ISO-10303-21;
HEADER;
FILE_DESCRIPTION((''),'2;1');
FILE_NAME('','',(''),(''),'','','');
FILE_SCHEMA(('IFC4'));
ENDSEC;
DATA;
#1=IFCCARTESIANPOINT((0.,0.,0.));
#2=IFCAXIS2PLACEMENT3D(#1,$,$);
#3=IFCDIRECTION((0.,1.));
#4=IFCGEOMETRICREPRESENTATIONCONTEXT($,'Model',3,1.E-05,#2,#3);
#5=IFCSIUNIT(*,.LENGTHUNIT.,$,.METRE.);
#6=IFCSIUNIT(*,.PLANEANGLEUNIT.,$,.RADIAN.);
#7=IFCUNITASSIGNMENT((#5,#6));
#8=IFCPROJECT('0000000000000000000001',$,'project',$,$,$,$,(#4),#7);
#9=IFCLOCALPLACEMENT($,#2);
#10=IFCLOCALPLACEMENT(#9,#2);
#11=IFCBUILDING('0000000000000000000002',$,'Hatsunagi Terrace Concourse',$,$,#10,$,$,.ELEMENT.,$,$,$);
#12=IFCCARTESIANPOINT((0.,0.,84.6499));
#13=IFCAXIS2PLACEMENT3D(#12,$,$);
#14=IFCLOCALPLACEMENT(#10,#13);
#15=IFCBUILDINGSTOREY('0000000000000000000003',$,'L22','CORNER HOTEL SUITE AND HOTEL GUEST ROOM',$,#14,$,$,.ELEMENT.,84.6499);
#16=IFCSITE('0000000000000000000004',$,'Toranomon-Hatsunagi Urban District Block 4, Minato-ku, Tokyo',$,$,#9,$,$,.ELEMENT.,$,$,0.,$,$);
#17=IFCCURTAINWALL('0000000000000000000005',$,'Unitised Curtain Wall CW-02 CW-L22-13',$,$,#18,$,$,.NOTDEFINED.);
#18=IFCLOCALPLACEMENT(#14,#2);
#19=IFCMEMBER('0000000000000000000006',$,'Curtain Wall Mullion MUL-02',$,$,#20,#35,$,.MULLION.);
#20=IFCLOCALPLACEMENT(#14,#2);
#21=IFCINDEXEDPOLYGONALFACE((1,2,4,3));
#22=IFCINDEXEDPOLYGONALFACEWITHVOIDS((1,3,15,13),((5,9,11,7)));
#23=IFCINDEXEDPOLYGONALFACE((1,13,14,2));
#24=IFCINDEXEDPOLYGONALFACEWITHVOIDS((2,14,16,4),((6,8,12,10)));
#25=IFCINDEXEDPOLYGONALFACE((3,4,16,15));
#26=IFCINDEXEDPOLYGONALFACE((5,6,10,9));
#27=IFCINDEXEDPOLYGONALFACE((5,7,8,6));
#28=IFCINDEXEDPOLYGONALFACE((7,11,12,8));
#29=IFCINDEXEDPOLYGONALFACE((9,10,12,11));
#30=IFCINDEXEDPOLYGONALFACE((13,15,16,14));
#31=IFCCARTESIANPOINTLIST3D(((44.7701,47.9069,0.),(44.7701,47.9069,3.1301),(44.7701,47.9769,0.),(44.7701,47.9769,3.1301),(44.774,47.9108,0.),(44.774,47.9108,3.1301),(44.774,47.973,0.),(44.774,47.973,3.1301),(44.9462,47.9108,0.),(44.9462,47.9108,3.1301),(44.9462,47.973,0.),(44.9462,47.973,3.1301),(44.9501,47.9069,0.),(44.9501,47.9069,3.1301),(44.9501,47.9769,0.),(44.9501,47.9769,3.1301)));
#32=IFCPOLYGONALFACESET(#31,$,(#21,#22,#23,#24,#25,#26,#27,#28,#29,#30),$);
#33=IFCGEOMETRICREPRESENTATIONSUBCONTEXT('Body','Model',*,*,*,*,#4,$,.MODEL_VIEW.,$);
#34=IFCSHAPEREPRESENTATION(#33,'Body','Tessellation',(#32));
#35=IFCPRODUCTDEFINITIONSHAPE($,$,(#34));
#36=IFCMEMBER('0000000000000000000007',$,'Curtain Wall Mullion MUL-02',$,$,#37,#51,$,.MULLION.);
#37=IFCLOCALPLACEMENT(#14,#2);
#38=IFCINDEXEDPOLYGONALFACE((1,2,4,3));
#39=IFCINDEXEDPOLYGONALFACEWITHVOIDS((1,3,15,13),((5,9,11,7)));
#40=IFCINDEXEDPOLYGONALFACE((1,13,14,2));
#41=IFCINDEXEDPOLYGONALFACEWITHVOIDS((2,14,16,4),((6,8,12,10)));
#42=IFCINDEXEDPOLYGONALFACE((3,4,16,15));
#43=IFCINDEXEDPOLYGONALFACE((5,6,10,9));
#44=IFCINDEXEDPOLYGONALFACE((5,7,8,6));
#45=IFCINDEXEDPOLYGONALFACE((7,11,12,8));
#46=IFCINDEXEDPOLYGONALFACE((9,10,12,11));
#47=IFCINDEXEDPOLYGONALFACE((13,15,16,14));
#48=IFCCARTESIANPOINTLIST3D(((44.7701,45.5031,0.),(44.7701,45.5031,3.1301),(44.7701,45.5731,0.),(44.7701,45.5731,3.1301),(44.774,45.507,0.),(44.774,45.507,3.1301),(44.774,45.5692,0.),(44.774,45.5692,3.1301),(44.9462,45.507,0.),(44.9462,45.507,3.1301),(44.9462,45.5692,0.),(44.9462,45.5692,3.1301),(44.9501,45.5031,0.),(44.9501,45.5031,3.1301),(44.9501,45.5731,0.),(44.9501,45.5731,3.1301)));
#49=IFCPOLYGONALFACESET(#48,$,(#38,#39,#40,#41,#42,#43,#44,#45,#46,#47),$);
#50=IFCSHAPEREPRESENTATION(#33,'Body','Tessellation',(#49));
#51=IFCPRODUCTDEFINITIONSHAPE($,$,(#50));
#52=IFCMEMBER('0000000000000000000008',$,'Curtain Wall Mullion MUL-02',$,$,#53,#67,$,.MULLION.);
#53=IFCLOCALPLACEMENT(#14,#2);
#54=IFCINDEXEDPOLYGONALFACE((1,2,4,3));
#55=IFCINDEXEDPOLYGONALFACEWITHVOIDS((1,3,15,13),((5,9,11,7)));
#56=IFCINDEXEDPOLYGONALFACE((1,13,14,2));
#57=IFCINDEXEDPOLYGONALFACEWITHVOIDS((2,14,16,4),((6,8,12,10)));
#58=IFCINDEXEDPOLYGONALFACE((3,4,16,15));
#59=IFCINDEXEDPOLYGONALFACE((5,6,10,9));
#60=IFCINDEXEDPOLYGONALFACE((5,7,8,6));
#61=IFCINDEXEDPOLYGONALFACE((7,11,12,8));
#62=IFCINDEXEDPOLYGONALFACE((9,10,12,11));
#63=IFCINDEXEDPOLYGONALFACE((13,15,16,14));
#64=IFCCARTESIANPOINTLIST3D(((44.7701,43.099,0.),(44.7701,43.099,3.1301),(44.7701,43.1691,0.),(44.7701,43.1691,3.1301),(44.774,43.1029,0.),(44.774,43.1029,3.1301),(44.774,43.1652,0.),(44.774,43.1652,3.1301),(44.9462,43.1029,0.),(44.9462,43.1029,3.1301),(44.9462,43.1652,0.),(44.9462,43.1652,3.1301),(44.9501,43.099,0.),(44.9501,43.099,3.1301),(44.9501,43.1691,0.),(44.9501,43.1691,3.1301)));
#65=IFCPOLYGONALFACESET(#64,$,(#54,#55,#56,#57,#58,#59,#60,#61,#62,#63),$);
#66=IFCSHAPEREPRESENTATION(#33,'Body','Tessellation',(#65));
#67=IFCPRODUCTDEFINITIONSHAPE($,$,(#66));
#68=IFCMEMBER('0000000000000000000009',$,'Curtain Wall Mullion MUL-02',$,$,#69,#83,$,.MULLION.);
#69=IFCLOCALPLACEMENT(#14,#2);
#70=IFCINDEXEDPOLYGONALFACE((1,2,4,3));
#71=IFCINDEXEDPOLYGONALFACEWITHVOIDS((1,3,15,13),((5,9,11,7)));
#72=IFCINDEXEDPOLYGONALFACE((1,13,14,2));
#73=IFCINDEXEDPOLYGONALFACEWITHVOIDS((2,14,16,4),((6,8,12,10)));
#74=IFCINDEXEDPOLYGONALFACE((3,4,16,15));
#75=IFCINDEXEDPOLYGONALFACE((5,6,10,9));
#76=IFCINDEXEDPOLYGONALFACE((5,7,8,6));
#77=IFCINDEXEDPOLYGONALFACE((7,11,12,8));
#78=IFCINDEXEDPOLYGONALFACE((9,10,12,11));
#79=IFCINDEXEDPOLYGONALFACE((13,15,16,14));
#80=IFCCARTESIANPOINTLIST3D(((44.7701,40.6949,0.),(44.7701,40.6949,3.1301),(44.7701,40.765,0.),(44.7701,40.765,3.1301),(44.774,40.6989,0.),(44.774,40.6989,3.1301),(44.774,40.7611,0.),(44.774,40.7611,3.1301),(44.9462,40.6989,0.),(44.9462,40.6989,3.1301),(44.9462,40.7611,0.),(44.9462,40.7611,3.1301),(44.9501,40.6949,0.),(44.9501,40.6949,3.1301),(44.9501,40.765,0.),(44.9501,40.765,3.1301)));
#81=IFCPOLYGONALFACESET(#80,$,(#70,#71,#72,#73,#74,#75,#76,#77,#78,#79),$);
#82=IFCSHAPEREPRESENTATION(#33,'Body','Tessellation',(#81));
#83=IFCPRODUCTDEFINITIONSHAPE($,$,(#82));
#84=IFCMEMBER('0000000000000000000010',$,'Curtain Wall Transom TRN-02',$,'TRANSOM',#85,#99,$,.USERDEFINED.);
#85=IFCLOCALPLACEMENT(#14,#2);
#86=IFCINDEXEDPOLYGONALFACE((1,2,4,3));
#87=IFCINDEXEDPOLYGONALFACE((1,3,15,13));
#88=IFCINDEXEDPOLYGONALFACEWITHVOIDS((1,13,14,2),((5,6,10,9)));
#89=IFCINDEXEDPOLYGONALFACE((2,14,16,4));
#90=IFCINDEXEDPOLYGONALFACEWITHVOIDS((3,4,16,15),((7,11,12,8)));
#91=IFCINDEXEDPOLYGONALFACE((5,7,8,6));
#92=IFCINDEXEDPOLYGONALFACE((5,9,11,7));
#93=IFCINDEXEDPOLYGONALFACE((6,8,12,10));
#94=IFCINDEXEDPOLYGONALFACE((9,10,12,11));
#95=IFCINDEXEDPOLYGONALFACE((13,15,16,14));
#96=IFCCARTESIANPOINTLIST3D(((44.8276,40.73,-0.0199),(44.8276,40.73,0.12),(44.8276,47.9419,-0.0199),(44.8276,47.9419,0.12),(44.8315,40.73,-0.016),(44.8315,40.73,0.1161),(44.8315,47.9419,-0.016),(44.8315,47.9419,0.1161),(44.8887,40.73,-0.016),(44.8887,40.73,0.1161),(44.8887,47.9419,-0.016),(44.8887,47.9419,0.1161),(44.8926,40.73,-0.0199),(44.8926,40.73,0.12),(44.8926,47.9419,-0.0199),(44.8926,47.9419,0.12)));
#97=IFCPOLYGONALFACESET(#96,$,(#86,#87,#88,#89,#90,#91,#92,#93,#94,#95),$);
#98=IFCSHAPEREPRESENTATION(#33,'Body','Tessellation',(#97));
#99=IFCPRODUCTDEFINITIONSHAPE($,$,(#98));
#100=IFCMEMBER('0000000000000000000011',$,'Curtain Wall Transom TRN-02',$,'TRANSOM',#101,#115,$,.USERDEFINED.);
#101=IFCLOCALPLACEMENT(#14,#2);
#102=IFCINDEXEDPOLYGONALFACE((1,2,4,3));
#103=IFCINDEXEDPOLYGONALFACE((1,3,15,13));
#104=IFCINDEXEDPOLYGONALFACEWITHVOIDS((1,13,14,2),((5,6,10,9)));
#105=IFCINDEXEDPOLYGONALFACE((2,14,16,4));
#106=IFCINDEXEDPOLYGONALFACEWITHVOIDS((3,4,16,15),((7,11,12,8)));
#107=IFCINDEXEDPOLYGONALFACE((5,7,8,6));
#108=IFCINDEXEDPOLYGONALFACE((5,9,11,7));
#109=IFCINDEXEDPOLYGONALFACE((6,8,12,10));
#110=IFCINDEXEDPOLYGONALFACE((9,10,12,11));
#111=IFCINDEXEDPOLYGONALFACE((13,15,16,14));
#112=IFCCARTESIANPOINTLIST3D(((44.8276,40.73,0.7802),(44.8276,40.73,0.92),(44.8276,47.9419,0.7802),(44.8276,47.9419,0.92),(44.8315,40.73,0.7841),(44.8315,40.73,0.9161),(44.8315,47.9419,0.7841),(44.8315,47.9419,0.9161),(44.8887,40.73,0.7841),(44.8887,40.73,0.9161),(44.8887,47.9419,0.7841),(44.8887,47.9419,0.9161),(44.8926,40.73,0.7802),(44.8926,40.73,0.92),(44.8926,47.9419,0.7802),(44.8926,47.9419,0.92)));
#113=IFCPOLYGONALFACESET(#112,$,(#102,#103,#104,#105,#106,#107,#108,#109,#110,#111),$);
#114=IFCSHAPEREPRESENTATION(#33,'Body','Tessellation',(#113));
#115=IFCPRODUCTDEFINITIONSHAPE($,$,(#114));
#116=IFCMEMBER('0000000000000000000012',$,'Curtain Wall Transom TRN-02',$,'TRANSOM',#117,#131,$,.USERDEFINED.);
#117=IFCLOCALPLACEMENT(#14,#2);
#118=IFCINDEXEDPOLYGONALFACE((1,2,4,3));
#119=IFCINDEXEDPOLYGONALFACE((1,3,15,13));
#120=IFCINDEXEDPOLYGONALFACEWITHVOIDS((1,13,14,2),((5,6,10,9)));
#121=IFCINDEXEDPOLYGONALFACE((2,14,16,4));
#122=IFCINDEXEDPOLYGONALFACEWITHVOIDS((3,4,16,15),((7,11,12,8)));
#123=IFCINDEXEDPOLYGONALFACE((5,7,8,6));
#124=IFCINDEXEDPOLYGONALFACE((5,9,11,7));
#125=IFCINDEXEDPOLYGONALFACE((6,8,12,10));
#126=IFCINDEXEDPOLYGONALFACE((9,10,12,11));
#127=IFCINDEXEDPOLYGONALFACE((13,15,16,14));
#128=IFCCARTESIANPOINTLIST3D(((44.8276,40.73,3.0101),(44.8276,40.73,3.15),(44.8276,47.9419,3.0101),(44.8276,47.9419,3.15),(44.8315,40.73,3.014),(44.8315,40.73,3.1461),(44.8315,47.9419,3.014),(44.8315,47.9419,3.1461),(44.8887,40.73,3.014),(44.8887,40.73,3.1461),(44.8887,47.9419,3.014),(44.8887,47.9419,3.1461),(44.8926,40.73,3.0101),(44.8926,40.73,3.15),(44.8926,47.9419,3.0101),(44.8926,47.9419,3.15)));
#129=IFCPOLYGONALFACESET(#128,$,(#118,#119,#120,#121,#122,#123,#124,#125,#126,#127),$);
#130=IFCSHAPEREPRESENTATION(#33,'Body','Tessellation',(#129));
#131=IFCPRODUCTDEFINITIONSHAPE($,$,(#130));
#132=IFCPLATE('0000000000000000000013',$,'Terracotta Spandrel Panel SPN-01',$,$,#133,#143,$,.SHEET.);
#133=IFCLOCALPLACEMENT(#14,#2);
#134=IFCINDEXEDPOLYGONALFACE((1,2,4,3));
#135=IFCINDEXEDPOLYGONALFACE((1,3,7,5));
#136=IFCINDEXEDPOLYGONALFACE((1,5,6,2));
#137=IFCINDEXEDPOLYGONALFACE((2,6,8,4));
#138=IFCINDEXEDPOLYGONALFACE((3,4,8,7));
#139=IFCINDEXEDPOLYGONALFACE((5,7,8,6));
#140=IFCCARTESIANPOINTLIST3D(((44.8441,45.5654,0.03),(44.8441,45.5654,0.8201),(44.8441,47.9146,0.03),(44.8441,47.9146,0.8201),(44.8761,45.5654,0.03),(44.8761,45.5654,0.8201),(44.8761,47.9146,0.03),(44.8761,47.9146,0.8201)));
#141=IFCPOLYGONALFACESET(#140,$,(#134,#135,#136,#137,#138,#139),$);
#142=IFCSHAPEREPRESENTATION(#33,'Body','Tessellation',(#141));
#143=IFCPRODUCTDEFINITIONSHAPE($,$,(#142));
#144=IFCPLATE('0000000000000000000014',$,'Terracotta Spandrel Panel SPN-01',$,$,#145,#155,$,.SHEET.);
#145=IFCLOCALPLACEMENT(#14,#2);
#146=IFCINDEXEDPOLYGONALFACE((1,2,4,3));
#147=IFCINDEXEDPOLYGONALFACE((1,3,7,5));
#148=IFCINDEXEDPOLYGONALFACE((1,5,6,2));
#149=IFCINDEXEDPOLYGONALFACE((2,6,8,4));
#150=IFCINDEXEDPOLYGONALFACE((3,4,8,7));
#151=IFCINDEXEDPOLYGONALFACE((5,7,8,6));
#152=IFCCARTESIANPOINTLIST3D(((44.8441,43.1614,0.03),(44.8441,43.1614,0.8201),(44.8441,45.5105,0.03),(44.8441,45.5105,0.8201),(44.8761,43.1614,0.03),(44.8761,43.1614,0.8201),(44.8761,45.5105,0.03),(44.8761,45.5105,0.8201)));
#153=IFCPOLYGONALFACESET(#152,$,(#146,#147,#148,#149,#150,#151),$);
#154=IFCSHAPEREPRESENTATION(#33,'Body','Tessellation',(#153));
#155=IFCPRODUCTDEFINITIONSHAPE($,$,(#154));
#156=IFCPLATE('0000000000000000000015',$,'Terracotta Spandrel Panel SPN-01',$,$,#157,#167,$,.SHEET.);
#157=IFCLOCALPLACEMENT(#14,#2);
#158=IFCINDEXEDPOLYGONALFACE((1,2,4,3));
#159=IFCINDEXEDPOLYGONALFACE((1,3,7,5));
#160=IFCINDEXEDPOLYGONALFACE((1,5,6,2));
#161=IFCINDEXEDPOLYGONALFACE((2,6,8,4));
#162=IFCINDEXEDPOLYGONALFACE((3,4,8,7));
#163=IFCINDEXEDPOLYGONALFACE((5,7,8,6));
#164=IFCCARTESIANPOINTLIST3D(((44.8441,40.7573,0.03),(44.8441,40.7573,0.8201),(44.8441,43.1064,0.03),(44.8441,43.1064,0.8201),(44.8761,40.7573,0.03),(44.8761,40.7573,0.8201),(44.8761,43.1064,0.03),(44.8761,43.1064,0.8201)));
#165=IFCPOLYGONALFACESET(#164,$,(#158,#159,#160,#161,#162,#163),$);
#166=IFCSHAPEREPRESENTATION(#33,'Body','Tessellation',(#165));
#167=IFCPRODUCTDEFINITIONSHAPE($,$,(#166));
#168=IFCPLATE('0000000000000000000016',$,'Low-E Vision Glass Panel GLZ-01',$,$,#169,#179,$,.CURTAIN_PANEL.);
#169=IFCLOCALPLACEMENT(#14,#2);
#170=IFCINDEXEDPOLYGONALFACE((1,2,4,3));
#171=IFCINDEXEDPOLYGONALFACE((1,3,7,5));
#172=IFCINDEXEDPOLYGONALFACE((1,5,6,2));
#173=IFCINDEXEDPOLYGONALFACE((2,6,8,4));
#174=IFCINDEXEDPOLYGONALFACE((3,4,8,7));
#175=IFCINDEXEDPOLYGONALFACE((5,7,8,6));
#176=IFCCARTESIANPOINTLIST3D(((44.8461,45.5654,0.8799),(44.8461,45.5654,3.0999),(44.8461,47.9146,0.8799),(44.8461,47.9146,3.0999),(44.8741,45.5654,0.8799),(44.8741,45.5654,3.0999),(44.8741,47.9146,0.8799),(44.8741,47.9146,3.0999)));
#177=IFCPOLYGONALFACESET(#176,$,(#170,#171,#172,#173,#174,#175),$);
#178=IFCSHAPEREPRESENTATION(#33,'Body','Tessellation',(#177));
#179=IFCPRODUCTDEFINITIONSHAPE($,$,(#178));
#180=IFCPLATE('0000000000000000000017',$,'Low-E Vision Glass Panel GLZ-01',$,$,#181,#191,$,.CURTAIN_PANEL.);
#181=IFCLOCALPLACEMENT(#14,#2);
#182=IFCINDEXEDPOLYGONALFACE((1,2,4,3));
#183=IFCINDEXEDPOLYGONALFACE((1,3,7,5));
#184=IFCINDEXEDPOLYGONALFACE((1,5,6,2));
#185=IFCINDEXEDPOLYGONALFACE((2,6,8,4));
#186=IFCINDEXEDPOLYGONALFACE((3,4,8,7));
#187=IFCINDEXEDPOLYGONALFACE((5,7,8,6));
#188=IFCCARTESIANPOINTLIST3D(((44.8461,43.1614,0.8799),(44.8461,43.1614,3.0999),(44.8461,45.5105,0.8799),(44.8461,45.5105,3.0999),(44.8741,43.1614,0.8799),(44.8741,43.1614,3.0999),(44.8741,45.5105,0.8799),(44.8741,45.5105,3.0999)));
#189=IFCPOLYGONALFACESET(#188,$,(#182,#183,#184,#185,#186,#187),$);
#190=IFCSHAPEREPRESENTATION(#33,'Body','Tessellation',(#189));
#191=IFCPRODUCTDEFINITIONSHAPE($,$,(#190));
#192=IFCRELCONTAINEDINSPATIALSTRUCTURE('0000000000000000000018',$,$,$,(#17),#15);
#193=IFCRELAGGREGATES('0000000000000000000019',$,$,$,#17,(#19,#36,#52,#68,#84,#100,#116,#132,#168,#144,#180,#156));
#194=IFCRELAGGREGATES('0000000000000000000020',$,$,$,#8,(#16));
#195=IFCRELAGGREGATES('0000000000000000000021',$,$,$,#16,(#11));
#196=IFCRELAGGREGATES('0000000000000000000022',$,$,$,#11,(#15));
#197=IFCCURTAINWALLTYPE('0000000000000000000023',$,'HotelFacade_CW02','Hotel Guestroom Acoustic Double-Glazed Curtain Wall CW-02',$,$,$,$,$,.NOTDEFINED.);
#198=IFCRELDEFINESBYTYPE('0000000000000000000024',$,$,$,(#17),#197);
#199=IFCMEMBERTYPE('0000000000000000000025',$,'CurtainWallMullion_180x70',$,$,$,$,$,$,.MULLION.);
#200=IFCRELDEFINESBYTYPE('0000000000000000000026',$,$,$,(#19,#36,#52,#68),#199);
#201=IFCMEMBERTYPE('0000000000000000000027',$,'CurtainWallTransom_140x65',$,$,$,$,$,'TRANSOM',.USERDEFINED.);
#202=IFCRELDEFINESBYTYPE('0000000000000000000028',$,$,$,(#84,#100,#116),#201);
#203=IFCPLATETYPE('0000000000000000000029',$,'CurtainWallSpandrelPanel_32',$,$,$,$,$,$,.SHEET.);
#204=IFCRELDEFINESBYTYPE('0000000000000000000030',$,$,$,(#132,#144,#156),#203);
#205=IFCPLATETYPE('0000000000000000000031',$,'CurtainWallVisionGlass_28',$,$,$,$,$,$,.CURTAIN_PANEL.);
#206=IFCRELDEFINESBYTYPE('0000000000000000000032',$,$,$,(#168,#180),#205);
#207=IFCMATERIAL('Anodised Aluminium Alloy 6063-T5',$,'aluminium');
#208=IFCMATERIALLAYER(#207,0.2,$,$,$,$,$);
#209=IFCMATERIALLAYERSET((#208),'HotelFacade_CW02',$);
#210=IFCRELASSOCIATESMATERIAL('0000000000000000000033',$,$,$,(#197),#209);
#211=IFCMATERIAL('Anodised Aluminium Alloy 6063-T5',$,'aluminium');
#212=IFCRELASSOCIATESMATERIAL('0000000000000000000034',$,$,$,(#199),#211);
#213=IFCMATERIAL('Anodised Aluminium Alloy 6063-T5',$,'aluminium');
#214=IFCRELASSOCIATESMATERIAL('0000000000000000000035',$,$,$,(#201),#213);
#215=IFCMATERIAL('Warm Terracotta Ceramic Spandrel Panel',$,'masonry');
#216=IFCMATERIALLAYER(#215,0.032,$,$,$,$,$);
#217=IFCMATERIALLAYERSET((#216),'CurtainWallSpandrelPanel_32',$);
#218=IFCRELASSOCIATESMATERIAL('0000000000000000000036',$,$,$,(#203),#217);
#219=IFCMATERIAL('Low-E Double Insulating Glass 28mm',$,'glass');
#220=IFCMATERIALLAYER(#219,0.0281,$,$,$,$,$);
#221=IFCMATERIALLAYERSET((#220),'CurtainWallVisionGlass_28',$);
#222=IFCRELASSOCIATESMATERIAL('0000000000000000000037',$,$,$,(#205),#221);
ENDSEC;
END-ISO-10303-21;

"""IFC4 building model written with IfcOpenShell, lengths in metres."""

from ifc_helpers import new_model, si_unit, direction, frame, origin, origin_2d, place, context, subcontext, project, spatial, rectangle, hollow_rectangle, extrude, material, layer, layer_set, material_profile, profile_set, type_object, element, aggregate, save


model = new_model("IFC4")

# Units and contexts
model_context = context("Model", 3, precision=1e-05, world=origin(), true_north=direction((0.0, 1.0)))
body_context = subcontext(model_context, "Body", "Model", "MODEL_VIEW")
ifc_project = project(units=[si_unit("LENGTHUNIT", "METRE"), si_unit("PLANEANGLEUNIT", "RADIAN")], contexts=[model_context])

# Site, building, storey
site_placement = place(None, origin())
site = spatial("IfcSite", under=ifc_project, at=site_placement, Name="Toranomon-Hatsunagi Urban District Block 4, Minato-ku, Tokyo", CompositionType="ELEMENT", RefElevation=0.0)
building_placement = place(site_placement, origin())
building = spatial("IfcBuilding", under=site, at=building_placement, Name="Hatsunagi Terrace Concourse", CompositionType="ELEMENT")
storey_placement = place(building_placement, frame((0.0, 0.0, 84.6499)))
storey = spatial("IfcBuildingStorey", under=building, at=storey_placement, Name="L22", Description="CORNER HOTEL SUITE AND HOTEL GUEST ROOM", CompositionType="ELEMENT", Elevation=84.6499)

# Curtain wall, members, plates
ifc_material_1 = material(Name="Anodised Aluminium Alloy 6063-T5", Category="aluminium")
ifc_layer_1 = layer(ifc_material_1, 0.2)
ifc_layer_set_1 = layer_set([ifc_layer_1], Name="HotelFacade_CW02")
curtain_wall_type = type_object("IfcCurtainWallType", Name="HotelFacade_CW02", Description="Hotel Guestroom Acoustic Double-Glazed Curtain Wall CW-02", PredefinedType="NOTDEFINED", material=ifc_layer_set_1)
curtain_wall_placement = place(storey_placement, origin())
curtain_wall = element("IfcCurtainWall", 1, at=curtain_wall_placement, inside=storey, type_object=curtain_wall_type, Name="Unitised Curtain Wall CW-02 CW-L22-13", PredefinedType="NOTDEFINED")
ifc_material_2 = material(Name="Anodised Aluminium Alloy 6063-T5", Category="aluminium")
ifc_material_profile_1 = material_profile(ifc_material_2, hollow_rectangle(XDim=0.0701, YDim=0.1799, WallThickness=0.0039, at=origin_2d()), Name="ALU-MUL-180x70x4")
ifc_profile_set_1 = profile_set([ifc_material_profile_1], Name="Anodised Aluminium Alloy 6063-T5")
member_type_1 = type_object("IfcMemberType", Name="CurtainWallMullion_180x70", PredefinedType="MULLION", material=ifc_profile_set_1)
member_1_placement = place(storey_placement, frame((44.8601, 47.9419, 0.0), z_axis=(0.0, 0.0, 1.0), x_axis=(0.0, -1.0, 0.0)))
member_1 = element("IfcMember", 2, at=member_1_placement, type_object=member_type_1, Name="Curtain Wall Mullion MUL-02", PredefinedType="MULLION", context=body_context, shape_type="SweptSolid", body=[
    extrude(hollow_rectangle(XDim=0.0701, YDim=0.1799, WallThickness=0.0039, at=origin_2d()), origin(), (0.0, 0.0, 1.0), 3.1301),
])
member_2_placement = place(storey_placement, frame((44.8601, 45.5381, 0.0), z_axis=(0.0, 0.0, 1.0), x_axis=(0.0, -1.0, 0.0)))
member_2 = element("IfcMember", 3, at=member_2_placement, type_object=member_type_1, Name="Curtain Wall Mullion MUL-02", PredefinedType="MULLION", context=body_context, shape_type="SweptSolid", body=[
    extrude(hollow_rectangle(XDim=0.0701, YDim=0.1799, WallThickness=0.0039, at=origin_2d()), origin(), (0.0, 0.0, 1.0), 3.1301),
])
member_3_placement = place(storey_placement, frame((44.8601, 43.134, 0.0), z_axis=(0.0, 0.0, 1.0), x_axis=(0.0, -1.0, 0.0)))
member_3 = element("IfcMember", 4, at=member_3_placement, type_object=member_type_1, Name="Curtain Wall Mullion MUL-02", PredefinedType="MULLION", context=body_context, shape_type="SweptSolid", body=[
    extrude(hollow_rectangle(XDim=0.0701, YDim=0.1799, WallThickness=0.0039, at=origin_2d()), origin(), (0.0, 0.0, 1.0), 3.1301),
])
member_4_placement = place(storey_placement, frame((44.8601, 40.73, 0.0), z_axis=(0.0, 0.0, 1.0), x_axis=(0.0, -1.0, 0.0)))
member_4 = element("IfcMember", 5, at=member_4_placement, type_object=member_type_1, Name="Curtain Wall Mullion MUL-02", PredefinedType="MULLION", context=body_context, shape_type="SweptSolid", body=[
    extrude(hollow_rectangle(XDim=0.0701, YDim=0.1799, WallThickness=0.0039, at=origin_2d()), origin(), (0.0, 0.0, 1.0), 3.1301),
])
ifc_material_3 = material(Name="Anodised Aluminium Alloy 6063-T5", Category="aluminium")
ifc_material_profile_2 = material_profile(ifc_material_3, hollow_rectangle(XDim=0.0649, YDim=0.1399, WallThickness=0.0039, at=origin_2d()), Name="ALU-TRN-140x65x4")
ifc_profile_set_2 = profile_set([ifc_material_profile_2], Name="Anodised Aluminium Alloy 6063-T5")
member_type_2 = type_object("IfcMemberType", Name="CurtainWallTransom_140x65", ElementType="TRANSOM", PredefinedType="USERDEFINED", material=ifc_profile_set_2)
member_5_placement = place(storey_placement, frame((44.8601, 47.9419, 0.05), z_axis=(0.0, -1.0, 0.0), x_axis=(1.0, 0.0, 0.0)))
member_5 = element("IfcMember", 6, at=member_5_placement, type_object=member_type_2, Name="Curtain Wall Transom TRN-02", ObjectType="TRANSOM", PredefinedType="USERDEFINED", context=body_context, shape_type="SweptSolid", body=[
    extrude(hollow_rectangle(XDim=0.0649, YDim=0.1399, WallThickness=0.0039, at=origin_2d()), origin(), (0.0, 0.0, 1.0), 7.2119),
])
member_6_placement = place(storey_placement, frame((44.8601, 47.9419, 0.8501), z_axis=(0.0, -1.0, 0.0), x_axis=(1.0, 0.0, 0.0)))
member_6 = element("IfcMember", 7, at=member_6_placement, type_object=member_type_2, Name="Curtain Wall Transom TRN-02", ObjectType="TRANSOM", PredefinedType="USERDEFINED", context=body_context, shape_type="SweptSolid", body=[
    extrude(hollow_rectangle(XDim=0.0649, YDim=0.1399, WallThickness=0.0039, at=origin_2d()), origin(), (0.0, 0.0, 1.0), 7.2119),
])
member_7_placement = place(storey_placement, frame((44.8601, 47.9419, 3.0801), z_axis=(0.0, -1.0, 0.0), x_axis=(1.0, 0.0, 0.0)))
member_7 = element("IfcMember", 8, at=member_7_placement, type_object=member_type_2, Name="Curtain Wall Transom TRN-02", ObjectType="TRANSOM", PredefinedType="USERDEFINED", context=body_context, shape_type="SweptSolid", body=[
    extrude(hollow_rectangle(XDim=0.0649, YDim=0.1399, WallThickness=0.0039, at=origin_2d()), origin(), (0.0, 0.0, 1.0), 7.2119),
])
ifc_material_4 = material(Name="Warm Terracotta Ceramic Spandrel Panel", Category="masonry")
ifc_layer_2 = layer(ifc_material_4, 0.032)
ifc_layer_set_2 = layer_set([ifc_layer_2], Name="CurtainWallSpandrelPanel_32")
plate_type_1 = type_object("IfcPlateType", Name="CurtainWallSpandrelPanel_32", PredefinedType="SHEET", material=ifc_layer_set_2)
plate_1_placement = place(storey_placement, frame((44.8601, 46.74, 0.03), z_axis=(0.0, 0.0, 1.0), x_axis=(0.0, -1.0, 0.0)))
plate_1 = element("IfcPlate", 9, at=plate_1_placement, type_object=plate_type_1, Name="Terracotta Spandrel Panel SPN-01", PredefinedType="SHEET", context=body_context, shape_type="SweptSolid", body=[
    extrude(rectangle(XDim=2.3491, YDim=0.032, at=origin_2d()), origin(), (0.0, 0.0, 1.0), 0.79),
])
plate_2_placement = place(storey_placement, frame((44.8601, 44.3359, 0.03), z_axis=(0.0, 0.0, 1.0), x_axis=(0.0, -1.0, 0.0)))
plate_2 = element("IfcPlate", 10, at=plate_2_placement, type_object=plate_type_1, Name="Terracotta Spandrel Panel SPN-01", PredefinedType="SHEET", context=body_context, shape_type="SweptSolid", body=[
    extrude(rectangle(XDim=2.3491, YDim=0.032, at=origin_2d()), origin(), (0.0, 0.0, 1.0), 0.79),
])
plate_3_placement = place(storey_placement, frame((44.8601, 41.9319, 0.03), z_axis=(0.0, 0.0, 1.0), x_axis=(0.0, -1.0, 0.0)))
plate_3 = element("IfcPlate", 11, at=plate_3_placement, type_object=plate_type_1, Name="Terracotta Spandrel Panel SPN-01", PredefinedType="SHEET", context=body_context, shape_type="SweptSolid", body=[
    extrude(rectangle(XDim=2.3491, YDim=0.032, at=origin_2d()), origin(), (0.0, 0.0, 1.0), 0.79),
])
ifc_material_5 = material(Name="Low-E Double Insulating Glass 28mm", Category="glass")
ifc_layer_3 = layer(ifc_material_5, 0.0281)
ifc_layer_set_3 = layer_set([ifc_layer_3], Name="CurtainWallVisionGlass_28")
plate_type_2 = type_object("IfcPlateType", Name="CurtainWallVisionGlass_28", PredefinedType="CURTAIN_PANEL", material=ifc_layer_set_3)
plate_4_placement = place(storey_placement, frame((44.8601, 46.74, 0.8799), z_axis=(0.0, 0.0, 1.0), x_axis=(0.0, -1.0, 0.0)))
plate_4 = element("IfcPlate", 12, at=plate_4_placement, type_object=plate_type_2, Name="Low-E Vision Glass Panel GLZ-01", PredefinedType="CURTAIN_PANEL", context=body_context, shape_type="SweptSolid", body=[
    extrude(rectangle(XDim=2.3491, YDim=0.0281, at=origin_2d()), origin(), (0.0, 0.0, 1.0), 2.22),
])
plate_5_placement = place(storey_placement, frame((44.8601, 44.3359, 0.8799), z_axis=(0.0, 0.0, 1.0), x_axis=(0.0, -1.0, 0.0)))
plate_5 = element("IfcPlate", 13, at=plate_5_placement, type_object=plate_type_2, Name="Low-E Vision Glass Panel GLZ-01", PredefinedType="CURTAIN_PANEL", context=body_context, shape_type="SweptSolid", body=[
    extrude(rectangle(XDim=2.3491, YDim=0.0281, at=origin_2d()), origin(), (0.0, 0.0, 1.0), 2.22),
])
aggregate(curtain_wall, [member_1, member_2, member_3, member_4, member_5, member_6, member_7, plate_1, plate_4, plate_2, plate_5, plate_3])

save(model, "model.ifc")
